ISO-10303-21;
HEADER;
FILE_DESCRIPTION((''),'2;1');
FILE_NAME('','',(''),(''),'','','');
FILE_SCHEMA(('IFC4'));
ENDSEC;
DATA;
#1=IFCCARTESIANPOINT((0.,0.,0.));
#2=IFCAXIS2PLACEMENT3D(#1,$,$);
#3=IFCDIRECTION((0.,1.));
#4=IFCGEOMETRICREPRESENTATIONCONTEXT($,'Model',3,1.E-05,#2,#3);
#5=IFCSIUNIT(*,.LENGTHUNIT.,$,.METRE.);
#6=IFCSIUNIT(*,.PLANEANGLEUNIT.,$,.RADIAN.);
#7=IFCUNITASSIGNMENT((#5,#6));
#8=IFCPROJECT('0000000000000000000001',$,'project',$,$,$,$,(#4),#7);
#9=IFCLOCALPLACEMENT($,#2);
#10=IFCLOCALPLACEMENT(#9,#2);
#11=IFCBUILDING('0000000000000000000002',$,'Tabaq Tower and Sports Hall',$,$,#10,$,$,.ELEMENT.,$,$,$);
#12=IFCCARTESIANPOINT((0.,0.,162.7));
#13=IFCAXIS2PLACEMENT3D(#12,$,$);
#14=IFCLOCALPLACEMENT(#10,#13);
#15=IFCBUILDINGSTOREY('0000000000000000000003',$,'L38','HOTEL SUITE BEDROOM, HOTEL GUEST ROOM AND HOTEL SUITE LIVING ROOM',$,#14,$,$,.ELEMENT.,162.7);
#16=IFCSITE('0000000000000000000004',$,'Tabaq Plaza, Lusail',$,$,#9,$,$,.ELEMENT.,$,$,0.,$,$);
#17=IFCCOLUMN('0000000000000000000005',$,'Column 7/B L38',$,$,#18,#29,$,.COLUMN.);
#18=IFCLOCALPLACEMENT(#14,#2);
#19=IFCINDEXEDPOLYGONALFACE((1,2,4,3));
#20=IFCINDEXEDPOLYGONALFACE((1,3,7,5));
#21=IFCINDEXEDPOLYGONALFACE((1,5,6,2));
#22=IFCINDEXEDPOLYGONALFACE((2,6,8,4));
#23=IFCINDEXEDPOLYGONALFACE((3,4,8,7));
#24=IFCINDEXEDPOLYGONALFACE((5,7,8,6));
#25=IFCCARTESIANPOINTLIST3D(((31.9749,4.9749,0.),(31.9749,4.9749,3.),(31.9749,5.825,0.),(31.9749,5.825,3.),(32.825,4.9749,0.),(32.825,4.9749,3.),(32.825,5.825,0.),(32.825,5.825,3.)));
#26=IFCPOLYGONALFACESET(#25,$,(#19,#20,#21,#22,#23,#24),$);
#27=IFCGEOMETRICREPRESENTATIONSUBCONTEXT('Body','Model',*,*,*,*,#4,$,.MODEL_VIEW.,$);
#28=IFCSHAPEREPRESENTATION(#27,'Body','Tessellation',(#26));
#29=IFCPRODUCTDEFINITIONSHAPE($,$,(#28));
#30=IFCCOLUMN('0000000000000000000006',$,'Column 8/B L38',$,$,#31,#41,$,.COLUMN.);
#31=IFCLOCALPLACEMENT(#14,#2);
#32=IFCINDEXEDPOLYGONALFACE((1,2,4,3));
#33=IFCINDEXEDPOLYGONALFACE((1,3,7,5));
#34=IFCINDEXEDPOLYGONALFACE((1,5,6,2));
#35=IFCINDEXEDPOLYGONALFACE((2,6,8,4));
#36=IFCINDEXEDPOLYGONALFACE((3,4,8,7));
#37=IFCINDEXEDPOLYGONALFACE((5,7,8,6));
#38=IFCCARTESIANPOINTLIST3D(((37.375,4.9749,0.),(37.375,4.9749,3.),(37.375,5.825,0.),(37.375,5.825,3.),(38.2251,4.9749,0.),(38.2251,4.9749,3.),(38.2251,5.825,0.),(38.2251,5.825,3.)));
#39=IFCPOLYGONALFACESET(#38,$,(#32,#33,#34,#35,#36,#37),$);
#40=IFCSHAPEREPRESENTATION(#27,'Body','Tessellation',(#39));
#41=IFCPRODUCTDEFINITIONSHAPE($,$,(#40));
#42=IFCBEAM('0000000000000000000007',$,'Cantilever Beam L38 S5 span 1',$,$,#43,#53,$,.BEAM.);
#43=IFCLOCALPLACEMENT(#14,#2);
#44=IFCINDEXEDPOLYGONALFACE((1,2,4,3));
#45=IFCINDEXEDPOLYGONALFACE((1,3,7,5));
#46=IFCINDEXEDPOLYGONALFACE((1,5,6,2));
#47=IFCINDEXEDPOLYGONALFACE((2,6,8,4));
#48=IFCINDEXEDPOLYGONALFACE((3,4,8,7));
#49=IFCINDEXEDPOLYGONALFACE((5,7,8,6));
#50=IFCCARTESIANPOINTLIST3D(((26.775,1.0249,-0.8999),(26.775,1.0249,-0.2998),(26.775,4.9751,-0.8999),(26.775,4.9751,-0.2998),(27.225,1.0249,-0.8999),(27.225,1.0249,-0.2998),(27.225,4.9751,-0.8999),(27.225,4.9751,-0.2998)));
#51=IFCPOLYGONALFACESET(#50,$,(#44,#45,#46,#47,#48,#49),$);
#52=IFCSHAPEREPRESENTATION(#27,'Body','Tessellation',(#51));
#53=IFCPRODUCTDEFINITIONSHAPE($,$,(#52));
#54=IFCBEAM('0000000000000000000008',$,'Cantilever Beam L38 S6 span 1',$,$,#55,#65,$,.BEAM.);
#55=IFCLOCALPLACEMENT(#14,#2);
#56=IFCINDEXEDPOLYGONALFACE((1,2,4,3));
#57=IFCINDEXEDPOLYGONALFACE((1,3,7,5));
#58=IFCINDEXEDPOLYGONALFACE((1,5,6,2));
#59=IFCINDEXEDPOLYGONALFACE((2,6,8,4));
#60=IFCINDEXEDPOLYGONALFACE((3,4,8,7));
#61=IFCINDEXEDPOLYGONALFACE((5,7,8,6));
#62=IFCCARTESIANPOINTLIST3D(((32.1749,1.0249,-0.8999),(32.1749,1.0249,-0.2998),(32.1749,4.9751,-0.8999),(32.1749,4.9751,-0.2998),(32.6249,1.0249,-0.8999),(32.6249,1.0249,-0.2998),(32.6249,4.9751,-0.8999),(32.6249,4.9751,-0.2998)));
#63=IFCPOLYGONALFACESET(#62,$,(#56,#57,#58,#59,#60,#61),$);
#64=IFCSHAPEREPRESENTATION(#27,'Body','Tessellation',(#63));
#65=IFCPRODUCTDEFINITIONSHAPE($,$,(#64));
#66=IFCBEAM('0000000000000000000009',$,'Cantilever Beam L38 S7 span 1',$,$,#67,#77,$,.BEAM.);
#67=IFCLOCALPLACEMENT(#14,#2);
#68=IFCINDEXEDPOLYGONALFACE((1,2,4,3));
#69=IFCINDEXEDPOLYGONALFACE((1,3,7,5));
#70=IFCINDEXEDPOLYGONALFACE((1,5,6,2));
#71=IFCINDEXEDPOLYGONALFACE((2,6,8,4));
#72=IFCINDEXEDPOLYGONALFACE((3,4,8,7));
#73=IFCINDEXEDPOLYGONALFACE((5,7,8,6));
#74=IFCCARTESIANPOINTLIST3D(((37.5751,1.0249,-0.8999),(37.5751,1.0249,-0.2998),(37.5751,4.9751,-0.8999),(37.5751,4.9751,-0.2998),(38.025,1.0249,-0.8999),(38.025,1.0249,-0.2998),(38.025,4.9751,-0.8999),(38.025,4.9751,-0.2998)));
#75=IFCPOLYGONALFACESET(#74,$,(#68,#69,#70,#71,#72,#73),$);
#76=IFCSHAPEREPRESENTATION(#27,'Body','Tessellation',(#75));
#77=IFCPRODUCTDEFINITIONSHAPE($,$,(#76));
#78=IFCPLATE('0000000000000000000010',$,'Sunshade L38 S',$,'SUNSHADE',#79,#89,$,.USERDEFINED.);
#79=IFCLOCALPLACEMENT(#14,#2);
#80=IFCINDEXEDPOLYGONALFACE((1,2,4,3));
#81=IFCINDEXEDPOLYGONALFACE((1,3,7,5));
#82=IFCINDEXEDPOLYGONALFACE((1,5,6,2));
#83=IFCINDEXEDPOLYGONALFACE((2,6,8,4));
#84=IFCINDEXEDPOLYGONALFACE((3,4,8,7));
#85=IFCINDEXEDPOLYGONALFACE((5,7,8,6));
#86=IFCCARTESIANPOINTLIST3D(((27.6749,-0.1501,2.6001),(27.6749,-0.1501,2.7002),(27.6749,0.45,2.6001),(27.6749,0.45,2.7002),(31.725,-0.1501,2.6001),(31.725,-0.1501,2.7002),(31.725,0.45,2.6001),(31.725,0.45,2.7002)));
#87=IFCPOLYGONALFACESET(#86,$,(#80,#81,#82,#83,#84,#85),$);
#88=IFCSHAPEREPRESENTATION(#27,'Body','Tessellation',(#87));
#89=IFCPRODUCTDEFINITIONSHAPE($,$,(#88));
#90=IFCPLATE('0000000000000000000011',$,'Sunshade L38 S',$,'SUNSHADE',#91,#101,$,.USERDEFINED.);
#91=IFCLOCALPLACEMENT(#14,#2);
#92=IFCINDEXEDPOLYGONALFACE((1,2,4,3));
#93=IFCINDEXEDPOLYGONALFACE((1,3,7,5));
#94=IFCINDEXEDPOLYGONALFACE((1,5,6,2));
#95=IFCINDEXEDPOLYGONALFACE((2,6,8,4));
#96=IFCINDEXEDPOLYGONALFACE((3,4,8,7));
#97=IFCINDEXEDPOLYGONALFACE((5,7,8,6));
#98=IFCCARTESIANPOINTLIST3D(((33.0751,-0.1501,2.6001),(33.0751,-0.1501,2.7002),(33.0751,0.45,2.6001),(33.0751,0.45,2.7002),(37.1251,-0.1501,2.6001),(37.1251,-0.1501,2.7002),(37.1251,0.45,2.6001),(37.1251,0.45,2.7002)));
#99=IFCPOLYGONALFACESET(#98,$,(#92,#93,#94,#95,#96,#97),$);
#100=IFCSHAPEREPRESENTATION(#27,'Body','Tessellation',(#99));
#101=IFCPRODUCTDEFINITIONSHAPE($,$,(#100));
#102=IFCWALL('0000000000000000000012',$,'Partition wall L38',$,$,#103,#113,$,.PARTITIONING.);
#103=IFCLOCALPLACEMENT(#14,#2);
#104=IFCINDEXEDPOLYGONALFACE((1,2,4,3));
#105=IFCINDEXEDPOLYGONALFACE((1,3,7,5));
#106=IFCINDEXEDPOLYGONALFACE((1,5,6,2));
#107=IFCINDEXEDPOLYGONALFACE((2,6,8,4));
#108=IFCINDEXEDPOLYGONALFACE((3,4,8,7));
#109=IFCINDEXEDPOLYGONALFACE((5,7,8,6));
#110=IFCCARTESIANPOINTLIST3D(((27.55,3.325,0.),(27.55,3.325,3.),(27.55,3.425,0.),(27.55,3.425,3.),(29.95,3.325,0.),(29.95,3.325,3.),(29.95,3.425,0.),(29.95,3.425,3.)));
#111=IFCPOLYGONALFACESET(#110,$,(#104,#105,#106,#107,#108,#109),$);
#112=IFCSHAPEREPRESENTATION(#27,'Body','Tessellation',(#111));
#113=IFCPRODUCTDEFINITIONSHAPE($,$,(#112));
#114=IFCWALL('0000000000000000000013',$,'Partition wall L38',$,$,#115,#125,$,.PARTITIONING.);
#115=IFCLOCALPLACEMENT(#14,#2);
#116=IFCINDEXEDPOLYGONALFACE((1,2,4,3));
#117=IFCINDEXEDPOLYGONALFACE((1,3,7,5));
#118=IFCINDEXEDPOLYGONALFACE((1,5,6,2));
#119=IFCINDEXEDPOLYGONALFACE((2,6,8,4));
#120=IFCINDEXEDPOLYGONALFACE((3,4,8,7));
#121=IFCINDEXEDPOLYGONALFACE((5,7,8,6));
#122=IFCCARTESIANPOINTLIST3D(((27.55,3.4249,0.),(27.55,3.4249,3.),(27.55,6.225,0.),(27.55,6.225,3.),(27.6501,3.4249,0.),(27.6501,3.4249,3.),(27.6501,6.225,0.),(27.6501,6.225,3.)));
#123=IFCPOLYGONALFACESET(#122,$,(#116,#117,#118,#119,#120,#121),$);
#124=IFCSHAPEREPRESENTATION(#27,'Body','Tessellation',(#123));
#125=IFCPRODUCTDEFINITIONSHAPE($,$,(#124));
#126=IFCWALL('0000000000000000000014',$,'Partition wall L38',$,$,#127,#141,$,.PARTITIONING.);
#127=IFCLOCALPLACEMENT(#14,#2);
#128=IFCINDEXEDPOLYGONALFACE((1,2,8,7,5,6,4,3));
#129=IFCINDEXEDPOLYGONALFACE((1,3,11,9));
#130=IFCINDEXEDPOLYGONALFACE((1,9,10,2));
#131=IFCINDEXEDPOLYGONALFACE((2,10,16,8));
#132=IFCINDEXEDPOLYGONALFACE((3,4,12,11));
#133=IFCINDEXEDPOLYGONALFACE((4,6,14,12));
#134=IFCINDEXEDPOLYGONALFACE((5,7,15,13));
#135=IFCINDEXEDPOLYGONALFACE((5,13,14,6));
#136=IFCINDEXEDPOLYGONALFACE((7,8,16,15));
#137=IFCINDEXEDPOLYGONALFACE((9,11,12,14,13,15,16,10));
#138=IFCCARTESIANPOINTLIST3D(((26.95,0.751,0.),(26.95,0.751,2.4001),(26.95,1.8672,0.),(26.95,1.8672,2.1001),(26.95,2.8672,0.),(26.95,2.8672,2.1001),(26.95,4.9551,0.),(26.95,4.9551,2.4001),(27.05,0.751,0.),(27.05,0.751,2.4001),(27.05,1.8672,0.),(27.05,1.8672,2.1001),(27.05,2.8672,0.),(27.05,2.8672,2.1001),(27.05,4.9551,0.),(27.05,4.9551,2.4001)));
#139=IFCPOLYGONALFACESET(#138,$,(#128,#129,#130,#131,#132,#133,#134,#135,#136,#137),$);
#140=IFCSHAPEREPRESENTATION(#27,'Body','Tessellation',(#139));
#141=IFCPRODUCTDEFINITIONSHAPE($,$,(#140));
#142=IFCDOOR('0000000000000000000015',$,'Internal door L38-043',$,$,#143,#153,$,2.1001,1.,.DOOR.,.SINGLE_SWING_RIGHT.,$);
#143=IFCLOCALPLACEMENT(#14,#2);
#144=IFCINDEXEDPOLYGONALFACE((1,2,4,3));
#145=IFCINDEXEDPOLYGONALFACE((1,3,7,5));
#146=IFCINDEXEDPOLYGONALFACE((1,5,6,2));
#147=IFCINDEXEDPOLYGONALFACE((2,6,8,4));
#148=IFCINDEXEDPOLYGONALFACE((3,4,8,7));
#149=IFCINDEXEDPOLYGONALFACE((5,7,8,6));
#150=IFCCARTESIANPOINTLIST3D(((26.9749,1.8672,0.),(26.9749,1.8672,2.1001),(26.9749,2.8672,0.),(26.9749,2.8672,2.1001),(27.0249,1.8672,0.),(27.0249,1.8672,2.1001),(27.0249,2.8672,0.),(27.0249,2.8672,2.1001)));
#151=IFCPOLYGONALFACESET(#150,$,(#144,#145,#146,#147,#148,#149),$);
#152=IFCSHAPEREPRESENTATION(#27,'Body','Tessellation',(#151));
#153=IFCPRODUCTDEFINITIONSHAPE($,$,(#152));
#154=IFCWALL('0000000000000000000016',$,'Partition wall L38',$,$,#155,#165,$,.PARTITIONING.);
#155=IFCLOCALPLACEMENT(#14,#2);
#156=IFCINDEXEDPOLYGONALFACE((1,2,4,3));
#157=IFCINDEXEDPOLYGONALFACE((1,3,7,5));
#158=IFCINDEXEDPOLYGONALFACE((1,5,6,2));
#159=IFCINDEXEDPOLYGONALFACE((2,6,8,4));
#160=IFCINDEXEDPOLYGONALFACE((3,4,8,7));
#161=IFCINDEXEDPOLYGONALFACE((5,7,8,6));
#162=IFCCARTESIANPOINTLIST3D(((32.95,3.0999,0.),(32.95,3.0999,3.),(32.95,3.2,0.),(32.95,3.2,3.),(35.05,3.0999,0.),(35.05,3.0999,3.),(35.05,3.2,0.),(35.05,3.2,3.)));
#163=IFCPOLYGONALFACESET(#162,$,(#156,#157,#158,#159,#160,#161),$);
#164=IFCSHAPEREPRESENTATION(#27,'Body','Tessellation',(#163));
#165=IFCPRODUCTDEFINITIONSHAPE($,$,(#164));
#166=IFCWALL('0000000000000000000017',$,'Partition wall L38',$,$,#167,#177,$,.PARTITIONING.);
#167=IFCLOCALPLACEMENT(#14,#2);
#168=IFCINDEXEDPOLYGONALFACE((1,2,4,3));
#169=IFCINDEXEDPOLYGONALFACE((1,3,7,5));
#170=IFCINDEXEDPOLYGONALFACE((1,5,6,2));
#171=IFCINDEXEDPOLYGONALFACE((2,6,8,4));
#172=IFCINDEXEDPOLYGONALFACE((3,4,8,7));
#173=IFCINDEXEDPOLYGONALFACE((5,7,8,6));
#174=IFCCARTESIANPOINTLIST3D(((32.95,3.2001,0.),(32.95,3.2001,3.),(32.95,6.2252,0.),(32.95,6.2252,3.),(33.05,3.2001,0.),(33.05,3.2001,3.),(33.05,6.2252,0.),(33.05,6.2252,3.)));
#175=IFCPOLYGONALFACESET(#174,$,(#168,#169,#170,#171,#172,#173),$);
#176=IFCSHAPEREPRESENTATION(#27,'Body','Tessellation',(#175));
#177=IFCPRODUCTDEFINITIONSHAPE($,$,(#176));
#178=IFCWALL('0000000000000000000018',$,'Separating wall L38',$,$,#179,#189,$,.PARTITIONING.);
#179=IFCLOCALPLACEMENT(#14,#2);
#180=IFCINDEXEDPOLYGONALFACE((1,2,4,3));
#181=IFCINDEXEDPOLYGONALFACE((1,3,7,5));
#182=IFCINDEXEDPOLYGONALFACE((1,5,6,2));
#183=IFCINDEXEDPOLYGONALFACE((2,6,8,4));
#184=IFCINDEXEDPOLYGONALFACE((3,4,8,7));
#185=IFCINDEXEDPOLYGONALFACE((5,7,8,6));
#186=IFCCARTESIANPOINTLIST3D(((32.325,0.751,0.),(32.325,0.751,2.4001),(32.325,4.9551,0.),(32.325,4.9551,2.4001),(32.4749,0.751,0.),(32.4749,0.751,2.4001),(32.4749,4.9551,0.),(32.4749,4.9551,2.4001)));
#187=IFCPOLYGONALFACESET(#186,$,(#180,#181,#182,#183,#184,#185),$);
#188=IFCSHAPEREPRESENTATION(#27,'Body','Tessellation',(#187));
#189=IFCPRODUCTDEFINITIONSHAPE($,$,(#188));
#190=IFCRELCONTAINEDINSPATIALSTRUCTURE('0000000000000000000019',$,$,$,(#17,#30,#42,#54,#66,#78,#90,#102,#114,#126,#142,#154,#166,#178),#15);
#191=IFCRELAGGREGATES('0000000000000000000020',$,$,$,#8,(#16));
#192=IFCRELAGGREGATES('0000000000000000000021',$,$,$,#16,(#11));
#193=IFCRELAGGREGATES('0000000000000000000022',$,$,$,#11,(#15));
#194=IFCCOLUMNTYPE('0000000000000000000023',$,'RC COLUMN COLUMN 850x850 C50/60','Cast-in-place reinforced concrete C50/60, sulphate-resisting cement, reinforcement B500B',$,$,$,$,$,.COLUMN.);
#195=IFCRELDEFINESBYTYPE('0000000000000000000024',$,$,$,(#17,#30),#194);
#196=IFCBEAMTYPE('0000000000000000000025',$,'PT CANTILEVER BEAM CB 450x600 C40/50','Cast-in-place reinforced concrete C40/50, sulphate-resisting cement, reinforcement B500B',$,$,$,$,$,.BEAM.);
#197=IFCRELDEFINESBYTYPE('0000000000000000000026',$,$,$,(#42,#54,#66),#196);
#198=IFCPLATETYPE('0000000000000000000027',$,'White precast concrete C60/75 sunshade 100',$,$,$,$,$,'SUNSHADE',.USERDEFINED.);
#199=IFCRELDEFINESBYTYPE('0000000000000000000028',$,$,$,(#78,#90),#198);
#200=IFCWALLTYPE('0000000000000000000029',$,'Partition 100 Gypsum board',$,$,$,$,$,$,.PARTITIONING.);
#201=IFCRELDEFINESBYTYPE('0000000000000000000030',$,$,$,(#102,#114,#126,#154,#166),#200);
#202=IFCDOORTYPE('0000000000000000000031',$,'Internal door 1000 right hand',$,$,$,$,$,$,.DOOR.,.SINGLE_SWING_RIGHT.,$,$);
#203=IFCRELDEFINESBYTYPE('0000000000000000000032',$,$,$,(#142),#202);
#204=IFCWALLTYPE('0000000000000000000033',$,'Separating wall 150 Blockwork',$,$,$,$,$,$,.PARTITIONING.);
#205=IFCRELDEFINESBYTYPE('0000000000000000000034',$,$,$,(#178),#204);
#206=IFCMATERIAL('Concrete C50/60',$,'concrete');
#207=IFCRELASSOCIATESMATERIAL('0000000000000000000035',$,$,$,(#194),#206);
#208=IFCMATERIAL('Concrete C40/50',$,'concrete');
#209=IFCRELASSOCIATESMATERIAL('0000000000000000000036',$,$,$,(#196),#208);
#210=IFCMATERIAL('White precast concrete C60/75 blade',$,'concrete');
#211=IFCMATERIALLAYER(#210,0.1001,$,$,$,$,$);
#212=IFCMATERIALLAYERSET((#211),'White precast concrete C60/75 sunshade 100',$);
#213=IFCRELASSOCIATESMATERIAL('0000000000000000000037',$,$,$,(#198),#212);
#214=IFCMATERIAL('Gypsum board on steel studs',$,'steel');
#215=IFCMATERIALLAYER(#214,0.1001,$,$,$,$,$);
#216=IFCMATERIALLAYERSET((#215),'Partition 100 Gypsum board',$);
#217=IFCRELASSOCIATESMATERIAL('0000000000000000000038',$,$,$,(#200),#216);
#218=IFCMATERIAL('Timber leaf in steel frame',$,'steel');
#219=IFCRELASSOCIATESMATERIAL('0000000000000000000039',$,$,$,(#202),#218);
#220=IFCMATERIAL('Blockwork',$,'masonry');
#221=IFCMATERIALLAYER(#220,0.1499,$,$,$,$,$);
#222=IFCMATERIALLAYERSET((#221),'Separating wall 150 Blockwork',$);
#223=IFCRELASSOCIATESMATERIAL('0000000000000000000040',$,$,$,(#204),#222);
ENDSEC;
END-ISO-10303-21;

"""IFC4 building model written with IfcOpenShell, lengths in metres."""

from ifc_helpers import new_model, si_unit, direction, frame, frame_2d, origin, origin_2d, place, context, subcontext, project, spatial, rectangle, extrude, material, layer, layer_set, material_profile, profile_set, type_object, element, fill, save


model = new_model("IFC4")

# Units and contexts
model_context = context("Model", 3, precision=1e-05, world=origin(), true_north=direction((0.0, 1.0)))
body_context = subcontext(model_context, "Body", "Model", "MODEL_VIEW")
ifc_project = project(units=[si_unit("LENGTHUNIT", "METRE"), si_unit("PLANEANGLEUNIT", "RADIAN")], contexts=[model_context])

# Site, building, storey
site_placement = place(None, origin())
site = spatial("IfcSite", under=ifc_project, at=site_placement, Name="Tabaq Plaza, Lusail", CompositionType="ELEMENT", RefElevation=0.0)
building_placement = place(site_placement, origin())
building = spatial("IfcBuilding", under=site, at=building_placement, Name="Tabaq Tower and Sports Hall", CompositionType="ELEMENT")
storey_placement = place(building_placement, frame((0.0, 0.0, 162.7)))
storey = spatial("IfcBuildingStorey", under=building, at=storey_placement, Name="L38", Description="HOTEL SUITE BEDROOM, HOTEL GUEST ROOM AND HOTEL SUITE LIVING ROOM", CompositionType="ELEMENT", Elevation=162.7)

# Columns
ifc_material_1 = material(Name="Concrete C50/60", Category="concrete")
ifc_material_profile_1 = material_profile(ifc_material_1, rectangle(XDim=0.8501, YDim=0.8501, at=origin_2d()), Name="COLUMN 850x850")
ifc_profile_set_1 = profile_set([ifc_material_profile_1], Name="Concrete C50/60")
column_type = type_object("IfcColumnType", Name="RC COLUMN COLUMN 850x850 C50/60", Description="Cast-in-place reinforced concrete C50/60, sulphate-resisting cement, reinforcement B500B", PredefinedType="COLUMN", material=ifc_profile_set_1)
for number, where, z_axis, x_axis, name in (
    (1, (32.3999, 5.3999, 0.0), (0.0, 0.0, 1.0), (1.0, 0.0, 0.0), "Column 7/B L38"),
    (2, (37.8, 5.3999, 0.0), (0.0, 0.0, 1.0), (1.0, 0.0, 0.0), "Column 8/B L38"),
):
    element("IfcColumn", number, at=place(storey_placement, frame(where, z_axis=z_axis, x_axis=x_axis)), inside=storey, type_object=column_type, Name=name, PredefinedType="COLUMN", context=body_context, shape_type="SweptSolid", body=[
        extrude(rectangle(XDim=0.8501, YDim=0.8501, at=origin_2d()), origin(), (0.0, 0.0, 1.0), 3.0),
    ])

# Beams
ifc_material_2 = material(Name="Concrete C40/50", Category="concrete")
ifc_material_profile_2 = material_profile(ifc_material_2, rectangle(XDim=0.45, YDim=0.6001, at=origin_2d()), Name="CB 450x600")
ifc_profile_set_2 = profile_set([ifc_material_profile_2], Name="Concrete C40/50")
beam_type = type_object("IfcBeamType", Name="PT CANTILEVER BEAM CB 450x600 C40/50", Description="Cast-in-place reinforced concrete C40/50, sulphate-resisting cement, reinforcement B500B", PredefinedType="BEAM", material=ifc_profile_set_2)
for number, where, z_axis, x_axis, name in (
    (3, (27.0, 1.0249, -0.5999), (0.0, 1.0, 0.0), (-1.0, 0.0, 0.0), "Cantilever Beam L38 S5 span 1"),
    (4, (32.3999, 1.0249, -0.5999), (0.0, 1.0, 0.0), (-1.0, 0.0, 0.0), "Cantilever Beam L38 S6 span 1"),
    (5, (37.8, 1.0249, -0.5999), (0.0, 1.0, 0.0), (-1.0, 0.0, 0.0), "Cantilever Beam L38 S7 span 1"),
):
    element("IfcBeam", number, at=place(storey_placement, frame(where, z_axis=z_axis, x_axis=x_axis)), inside=storey, type_object=beam_type, Name=name, PredefinedType="BEAM", context=body_context, shape_type="SweptSolid", body=[
        extrude(rectangle(XDim=0.45, YDim=0.6001, at=origin_2d()), origin(), (0.0, 0.0, 1.0), 3.9502),
    ])

# Plates
ifc_material_3 = material(Name="White precast concrete C60/75 blade", Category="concrete")
ifc_layer_1 = layer(ifc_material_3, 0.1001)
ifc_layer_set_1 = layer_set([ifc_layer_1], Name="White precast concrete C60/75 sunshade 100")
plate_type = type_object("IfcPlateType", Name="White precast concrete C60/75 sunshade 100", ElementType="SUNSHADE", PredefinedType="USERDEFINED", material=ifc_layer_set_1)
for number, where, z_axis, x_axis, name in (
    (6, (29.7, 0.1499, 2.6001), (0.0, 0.0, 1.0), (1.0, 0.0, 0.0), "Sunshade L38 S"),
    (7, (35.1001, 0.1499, 2.6001), (0.0, 0.0, 1.0), (1.0, 0.0, 0.0), "Sunshade L38 S"),
):
    element("IfcPlate", number, at=place(storey_placement, frame(where, z_axis=z_axis, x_axis=x_axis)), inside=storey, type_object=plate_type, Name=name, ObjectType="SUNSHADE", PredefinedType="USERDEFINED", context=body_context, shape_type="SweptSolid", body=[
        extrude(rectangle(XDim=4.05, YDim=0.6001, at=origin_2d()), origin(), (0.0, 0.0, 1.0), 0.1001),
    ])

# Walls
ifc_material_4 = material(Name="Gypsum board on steel studs", Category="steel")
ifc_layer_2 = layer(ifc_material_4, 0.1001)
ifc_layer_set_2 = layer_set([ifc_layer_2], Name="Partition 100 Gypsum board")
wall_type_1 = type_object("IfcWallType", Name="Partition 100 Gypsum board", PredefinedType="PARTITIONING", material=ifc_layer_set_2)
wall_1_placement = place(storey_placement, frame((29.95, 3.375, 0.0), z_axis=(0.0, 0.0, 1.0), x_axis=(-1.0, 0.0, 0.0)))
element("IfcWall", 8, at=wall_1_placement, inside=storey, type_object=wall_type_1, Name="Partition wall L38", PredefinedType="PARTITIONING", context=body_context, shape_type="SweptSolid", body=[
    extrude(rectangle(XDim=2.3999, YDim=0.1001, at=frame_2d((1.2, 0.0))), origin(), (0.0, 0.0, 1.0), 3.0),
])
wall_2_placement = place(storey_placement, frame((27.6001, 3.425, 0.0), z_axis=(0.0, 0.0, 1.0), x_axis=(0.0, 1.0, 0.0)))
element("IfcWall", 9, at=wall_2_placement, inside=storey, type_object=wall_type_1, Name="Partition wall L38", PredefinedType="PARTITIONING", context=body_context, shape_type="SweptSolid", body=[
    extrude(rectangle(XDim=2.8, YDim=0.1001, at=frame_2d((1.3999, 0.0))), origin(), (0.0, 0.0, 1.0), 3.0),
])

# Wall, opening, door
wall_3_placement = place(storey_placement, frame((27.0, 4.9551, 0.0), z_axis=(0.0, 0.0, 1.0), x_axis=(0.0, -1.0, 0.0)))
wall_3 = element("IfcWall", 10, at=wall_3_placement, inside=storey, type_object=wall_type_1, Name="Partition wall L38", PredefinedType="PARTITIONING", context=body_context, shape_type="SweptSolid", body=[
    extrude(rectangle(XDim=4.2041, YDim=0.1001, at=frame_2d((2.1021, 0.0))), origin(), (0.0, 0.0, 1.0), 2.4001),
])
opening_placement = place(wall_3_placement, frame((2.0879, 0.0, 0.0)))
opening = element("IfcOpeningElement", 11, at=opening_placement, cuts=wall_3, PredefinedType="OPENING", context=body_context, shape_type="SweptSolid", body=[
    extrude(rectangle(XDim=1.0, YDim=2.1001, at=frame_2d((0.5, 1.05))), frame((0.0, 0.05, 0.0), z_axis=(0.0, -1.0, 0.0), x_axis=(1.0, 0.0, 0.0)), (0.0, 0.0, 1.0), 0.1001),
])
ifc_material_5 = material(Name="Timber leaf in steel frame", Category="steel")
door_type = type_object("IfcDoorType", Name="Internal door 1000 right hand", OperationType="SINGLE_SWING_RIGHT", PredefinedType="DOOR", material=ifc_material_5)
door_placement = place(opening_placement, origin())
door = element("IfcDoor", 12, at=door_placement, inside=storey, type_object=door_type, Name="Internal door L38-043", OperationType="SINGLE_SWING_RIGHT", OverallHeight=2.1001, OverallWidth=1.0, PredefinedType="DOOR", context=body_context, shape_type="SweptSolid", body=[
    extrude(rectangle(XDim=1.0, YDim=2.1001, at=frame_2d((0.5, 1.05))), frame((0.0, 0.0249, 0.0), z_axis=(0.0, -1.0, 0.0), x_axis=(1.0, 0.0, 0.0)), (0.0, 0.0, 1.0), 0.05),
])
fill(opening, door)

# Walls
wall_4_placement = place(storey_placement, frame((35.05, 3.1499, 0.0), z_axis=(0.0, 0.0, 1.0), x_axis=(-1.0, 0.0, 0.0)))
element("IfcWall", 13, at=wall_4_placement, inside=storey, type_object=wall_type_1, Name="Partition wall L38", PredefinedType="PARTITIONING", context=body_context, shape_type="SweptSolid", body=[
    extrude(rectangle(XDim=2.1001, YDim=0.1001, at=frame_2d((1.05, 0.0))), origin(), (0.0, 0.0, 1.0), 3.0),
])
wall_5_placement = place(storey_placement, frame((33.0, 3.2, 0.0), z_axis=(0.0, 0.0, 1.0), x_axis=(0.0, 1.0, 0.0)))
element("IfcWall", 14, at=wall_5_placement, inside=storey, type_object=wall_type_1, Name="Partition wall L38", PredefinedType="PARTITIONING", context=body_context, shape_type="SweptSolid", body=[
    extrude(rectangle(XDim=3.0251, YDim=0.1001, at=frame_2d((1.5127, 0.0))), origin(), (0.0, 0.0, 1.0), 3.0),
])
ifc_material_6 = material(Name="Blockwork", Category="masonry")
ifc_layer_3 = layer(ifc_material_6, 0.1499)
ifc_layer_set_3 = layer_set([ifc_layer_3], Name="Separating wall 150 Blockwork")
wall_type_2 = type_object("IfcWallType", Name="Separating wall 150 Blockwork", PredefinedType="PARTITIONING", material=ifc_layer_set_3)
for number, where, z_axis, x_axis, name in (
    (15, (32.3999, 0.751, 0.0), (0.0, 0.0, 1.0), (0.0, 1.0, 0.0), "Separating wall L38"),
):
    element("IfcWall", number, at=place(storey_placement, frame(where, z_axis=z_axis, x_axis=x_axis)), inside=storey, type_object=wall_type_2, Name=name, PredefinedType="PARTITIONING", context=body_context, shape_type="SweptSolid", body=[
        extrude(rectangle(XDim=4.2041, YDim=0.1499, at=frame_2d((2.1021, 0.0))), origin(), (0.0, 0.0, 1.0), 2.4001),
    ])

save(model, "model.ifc")
